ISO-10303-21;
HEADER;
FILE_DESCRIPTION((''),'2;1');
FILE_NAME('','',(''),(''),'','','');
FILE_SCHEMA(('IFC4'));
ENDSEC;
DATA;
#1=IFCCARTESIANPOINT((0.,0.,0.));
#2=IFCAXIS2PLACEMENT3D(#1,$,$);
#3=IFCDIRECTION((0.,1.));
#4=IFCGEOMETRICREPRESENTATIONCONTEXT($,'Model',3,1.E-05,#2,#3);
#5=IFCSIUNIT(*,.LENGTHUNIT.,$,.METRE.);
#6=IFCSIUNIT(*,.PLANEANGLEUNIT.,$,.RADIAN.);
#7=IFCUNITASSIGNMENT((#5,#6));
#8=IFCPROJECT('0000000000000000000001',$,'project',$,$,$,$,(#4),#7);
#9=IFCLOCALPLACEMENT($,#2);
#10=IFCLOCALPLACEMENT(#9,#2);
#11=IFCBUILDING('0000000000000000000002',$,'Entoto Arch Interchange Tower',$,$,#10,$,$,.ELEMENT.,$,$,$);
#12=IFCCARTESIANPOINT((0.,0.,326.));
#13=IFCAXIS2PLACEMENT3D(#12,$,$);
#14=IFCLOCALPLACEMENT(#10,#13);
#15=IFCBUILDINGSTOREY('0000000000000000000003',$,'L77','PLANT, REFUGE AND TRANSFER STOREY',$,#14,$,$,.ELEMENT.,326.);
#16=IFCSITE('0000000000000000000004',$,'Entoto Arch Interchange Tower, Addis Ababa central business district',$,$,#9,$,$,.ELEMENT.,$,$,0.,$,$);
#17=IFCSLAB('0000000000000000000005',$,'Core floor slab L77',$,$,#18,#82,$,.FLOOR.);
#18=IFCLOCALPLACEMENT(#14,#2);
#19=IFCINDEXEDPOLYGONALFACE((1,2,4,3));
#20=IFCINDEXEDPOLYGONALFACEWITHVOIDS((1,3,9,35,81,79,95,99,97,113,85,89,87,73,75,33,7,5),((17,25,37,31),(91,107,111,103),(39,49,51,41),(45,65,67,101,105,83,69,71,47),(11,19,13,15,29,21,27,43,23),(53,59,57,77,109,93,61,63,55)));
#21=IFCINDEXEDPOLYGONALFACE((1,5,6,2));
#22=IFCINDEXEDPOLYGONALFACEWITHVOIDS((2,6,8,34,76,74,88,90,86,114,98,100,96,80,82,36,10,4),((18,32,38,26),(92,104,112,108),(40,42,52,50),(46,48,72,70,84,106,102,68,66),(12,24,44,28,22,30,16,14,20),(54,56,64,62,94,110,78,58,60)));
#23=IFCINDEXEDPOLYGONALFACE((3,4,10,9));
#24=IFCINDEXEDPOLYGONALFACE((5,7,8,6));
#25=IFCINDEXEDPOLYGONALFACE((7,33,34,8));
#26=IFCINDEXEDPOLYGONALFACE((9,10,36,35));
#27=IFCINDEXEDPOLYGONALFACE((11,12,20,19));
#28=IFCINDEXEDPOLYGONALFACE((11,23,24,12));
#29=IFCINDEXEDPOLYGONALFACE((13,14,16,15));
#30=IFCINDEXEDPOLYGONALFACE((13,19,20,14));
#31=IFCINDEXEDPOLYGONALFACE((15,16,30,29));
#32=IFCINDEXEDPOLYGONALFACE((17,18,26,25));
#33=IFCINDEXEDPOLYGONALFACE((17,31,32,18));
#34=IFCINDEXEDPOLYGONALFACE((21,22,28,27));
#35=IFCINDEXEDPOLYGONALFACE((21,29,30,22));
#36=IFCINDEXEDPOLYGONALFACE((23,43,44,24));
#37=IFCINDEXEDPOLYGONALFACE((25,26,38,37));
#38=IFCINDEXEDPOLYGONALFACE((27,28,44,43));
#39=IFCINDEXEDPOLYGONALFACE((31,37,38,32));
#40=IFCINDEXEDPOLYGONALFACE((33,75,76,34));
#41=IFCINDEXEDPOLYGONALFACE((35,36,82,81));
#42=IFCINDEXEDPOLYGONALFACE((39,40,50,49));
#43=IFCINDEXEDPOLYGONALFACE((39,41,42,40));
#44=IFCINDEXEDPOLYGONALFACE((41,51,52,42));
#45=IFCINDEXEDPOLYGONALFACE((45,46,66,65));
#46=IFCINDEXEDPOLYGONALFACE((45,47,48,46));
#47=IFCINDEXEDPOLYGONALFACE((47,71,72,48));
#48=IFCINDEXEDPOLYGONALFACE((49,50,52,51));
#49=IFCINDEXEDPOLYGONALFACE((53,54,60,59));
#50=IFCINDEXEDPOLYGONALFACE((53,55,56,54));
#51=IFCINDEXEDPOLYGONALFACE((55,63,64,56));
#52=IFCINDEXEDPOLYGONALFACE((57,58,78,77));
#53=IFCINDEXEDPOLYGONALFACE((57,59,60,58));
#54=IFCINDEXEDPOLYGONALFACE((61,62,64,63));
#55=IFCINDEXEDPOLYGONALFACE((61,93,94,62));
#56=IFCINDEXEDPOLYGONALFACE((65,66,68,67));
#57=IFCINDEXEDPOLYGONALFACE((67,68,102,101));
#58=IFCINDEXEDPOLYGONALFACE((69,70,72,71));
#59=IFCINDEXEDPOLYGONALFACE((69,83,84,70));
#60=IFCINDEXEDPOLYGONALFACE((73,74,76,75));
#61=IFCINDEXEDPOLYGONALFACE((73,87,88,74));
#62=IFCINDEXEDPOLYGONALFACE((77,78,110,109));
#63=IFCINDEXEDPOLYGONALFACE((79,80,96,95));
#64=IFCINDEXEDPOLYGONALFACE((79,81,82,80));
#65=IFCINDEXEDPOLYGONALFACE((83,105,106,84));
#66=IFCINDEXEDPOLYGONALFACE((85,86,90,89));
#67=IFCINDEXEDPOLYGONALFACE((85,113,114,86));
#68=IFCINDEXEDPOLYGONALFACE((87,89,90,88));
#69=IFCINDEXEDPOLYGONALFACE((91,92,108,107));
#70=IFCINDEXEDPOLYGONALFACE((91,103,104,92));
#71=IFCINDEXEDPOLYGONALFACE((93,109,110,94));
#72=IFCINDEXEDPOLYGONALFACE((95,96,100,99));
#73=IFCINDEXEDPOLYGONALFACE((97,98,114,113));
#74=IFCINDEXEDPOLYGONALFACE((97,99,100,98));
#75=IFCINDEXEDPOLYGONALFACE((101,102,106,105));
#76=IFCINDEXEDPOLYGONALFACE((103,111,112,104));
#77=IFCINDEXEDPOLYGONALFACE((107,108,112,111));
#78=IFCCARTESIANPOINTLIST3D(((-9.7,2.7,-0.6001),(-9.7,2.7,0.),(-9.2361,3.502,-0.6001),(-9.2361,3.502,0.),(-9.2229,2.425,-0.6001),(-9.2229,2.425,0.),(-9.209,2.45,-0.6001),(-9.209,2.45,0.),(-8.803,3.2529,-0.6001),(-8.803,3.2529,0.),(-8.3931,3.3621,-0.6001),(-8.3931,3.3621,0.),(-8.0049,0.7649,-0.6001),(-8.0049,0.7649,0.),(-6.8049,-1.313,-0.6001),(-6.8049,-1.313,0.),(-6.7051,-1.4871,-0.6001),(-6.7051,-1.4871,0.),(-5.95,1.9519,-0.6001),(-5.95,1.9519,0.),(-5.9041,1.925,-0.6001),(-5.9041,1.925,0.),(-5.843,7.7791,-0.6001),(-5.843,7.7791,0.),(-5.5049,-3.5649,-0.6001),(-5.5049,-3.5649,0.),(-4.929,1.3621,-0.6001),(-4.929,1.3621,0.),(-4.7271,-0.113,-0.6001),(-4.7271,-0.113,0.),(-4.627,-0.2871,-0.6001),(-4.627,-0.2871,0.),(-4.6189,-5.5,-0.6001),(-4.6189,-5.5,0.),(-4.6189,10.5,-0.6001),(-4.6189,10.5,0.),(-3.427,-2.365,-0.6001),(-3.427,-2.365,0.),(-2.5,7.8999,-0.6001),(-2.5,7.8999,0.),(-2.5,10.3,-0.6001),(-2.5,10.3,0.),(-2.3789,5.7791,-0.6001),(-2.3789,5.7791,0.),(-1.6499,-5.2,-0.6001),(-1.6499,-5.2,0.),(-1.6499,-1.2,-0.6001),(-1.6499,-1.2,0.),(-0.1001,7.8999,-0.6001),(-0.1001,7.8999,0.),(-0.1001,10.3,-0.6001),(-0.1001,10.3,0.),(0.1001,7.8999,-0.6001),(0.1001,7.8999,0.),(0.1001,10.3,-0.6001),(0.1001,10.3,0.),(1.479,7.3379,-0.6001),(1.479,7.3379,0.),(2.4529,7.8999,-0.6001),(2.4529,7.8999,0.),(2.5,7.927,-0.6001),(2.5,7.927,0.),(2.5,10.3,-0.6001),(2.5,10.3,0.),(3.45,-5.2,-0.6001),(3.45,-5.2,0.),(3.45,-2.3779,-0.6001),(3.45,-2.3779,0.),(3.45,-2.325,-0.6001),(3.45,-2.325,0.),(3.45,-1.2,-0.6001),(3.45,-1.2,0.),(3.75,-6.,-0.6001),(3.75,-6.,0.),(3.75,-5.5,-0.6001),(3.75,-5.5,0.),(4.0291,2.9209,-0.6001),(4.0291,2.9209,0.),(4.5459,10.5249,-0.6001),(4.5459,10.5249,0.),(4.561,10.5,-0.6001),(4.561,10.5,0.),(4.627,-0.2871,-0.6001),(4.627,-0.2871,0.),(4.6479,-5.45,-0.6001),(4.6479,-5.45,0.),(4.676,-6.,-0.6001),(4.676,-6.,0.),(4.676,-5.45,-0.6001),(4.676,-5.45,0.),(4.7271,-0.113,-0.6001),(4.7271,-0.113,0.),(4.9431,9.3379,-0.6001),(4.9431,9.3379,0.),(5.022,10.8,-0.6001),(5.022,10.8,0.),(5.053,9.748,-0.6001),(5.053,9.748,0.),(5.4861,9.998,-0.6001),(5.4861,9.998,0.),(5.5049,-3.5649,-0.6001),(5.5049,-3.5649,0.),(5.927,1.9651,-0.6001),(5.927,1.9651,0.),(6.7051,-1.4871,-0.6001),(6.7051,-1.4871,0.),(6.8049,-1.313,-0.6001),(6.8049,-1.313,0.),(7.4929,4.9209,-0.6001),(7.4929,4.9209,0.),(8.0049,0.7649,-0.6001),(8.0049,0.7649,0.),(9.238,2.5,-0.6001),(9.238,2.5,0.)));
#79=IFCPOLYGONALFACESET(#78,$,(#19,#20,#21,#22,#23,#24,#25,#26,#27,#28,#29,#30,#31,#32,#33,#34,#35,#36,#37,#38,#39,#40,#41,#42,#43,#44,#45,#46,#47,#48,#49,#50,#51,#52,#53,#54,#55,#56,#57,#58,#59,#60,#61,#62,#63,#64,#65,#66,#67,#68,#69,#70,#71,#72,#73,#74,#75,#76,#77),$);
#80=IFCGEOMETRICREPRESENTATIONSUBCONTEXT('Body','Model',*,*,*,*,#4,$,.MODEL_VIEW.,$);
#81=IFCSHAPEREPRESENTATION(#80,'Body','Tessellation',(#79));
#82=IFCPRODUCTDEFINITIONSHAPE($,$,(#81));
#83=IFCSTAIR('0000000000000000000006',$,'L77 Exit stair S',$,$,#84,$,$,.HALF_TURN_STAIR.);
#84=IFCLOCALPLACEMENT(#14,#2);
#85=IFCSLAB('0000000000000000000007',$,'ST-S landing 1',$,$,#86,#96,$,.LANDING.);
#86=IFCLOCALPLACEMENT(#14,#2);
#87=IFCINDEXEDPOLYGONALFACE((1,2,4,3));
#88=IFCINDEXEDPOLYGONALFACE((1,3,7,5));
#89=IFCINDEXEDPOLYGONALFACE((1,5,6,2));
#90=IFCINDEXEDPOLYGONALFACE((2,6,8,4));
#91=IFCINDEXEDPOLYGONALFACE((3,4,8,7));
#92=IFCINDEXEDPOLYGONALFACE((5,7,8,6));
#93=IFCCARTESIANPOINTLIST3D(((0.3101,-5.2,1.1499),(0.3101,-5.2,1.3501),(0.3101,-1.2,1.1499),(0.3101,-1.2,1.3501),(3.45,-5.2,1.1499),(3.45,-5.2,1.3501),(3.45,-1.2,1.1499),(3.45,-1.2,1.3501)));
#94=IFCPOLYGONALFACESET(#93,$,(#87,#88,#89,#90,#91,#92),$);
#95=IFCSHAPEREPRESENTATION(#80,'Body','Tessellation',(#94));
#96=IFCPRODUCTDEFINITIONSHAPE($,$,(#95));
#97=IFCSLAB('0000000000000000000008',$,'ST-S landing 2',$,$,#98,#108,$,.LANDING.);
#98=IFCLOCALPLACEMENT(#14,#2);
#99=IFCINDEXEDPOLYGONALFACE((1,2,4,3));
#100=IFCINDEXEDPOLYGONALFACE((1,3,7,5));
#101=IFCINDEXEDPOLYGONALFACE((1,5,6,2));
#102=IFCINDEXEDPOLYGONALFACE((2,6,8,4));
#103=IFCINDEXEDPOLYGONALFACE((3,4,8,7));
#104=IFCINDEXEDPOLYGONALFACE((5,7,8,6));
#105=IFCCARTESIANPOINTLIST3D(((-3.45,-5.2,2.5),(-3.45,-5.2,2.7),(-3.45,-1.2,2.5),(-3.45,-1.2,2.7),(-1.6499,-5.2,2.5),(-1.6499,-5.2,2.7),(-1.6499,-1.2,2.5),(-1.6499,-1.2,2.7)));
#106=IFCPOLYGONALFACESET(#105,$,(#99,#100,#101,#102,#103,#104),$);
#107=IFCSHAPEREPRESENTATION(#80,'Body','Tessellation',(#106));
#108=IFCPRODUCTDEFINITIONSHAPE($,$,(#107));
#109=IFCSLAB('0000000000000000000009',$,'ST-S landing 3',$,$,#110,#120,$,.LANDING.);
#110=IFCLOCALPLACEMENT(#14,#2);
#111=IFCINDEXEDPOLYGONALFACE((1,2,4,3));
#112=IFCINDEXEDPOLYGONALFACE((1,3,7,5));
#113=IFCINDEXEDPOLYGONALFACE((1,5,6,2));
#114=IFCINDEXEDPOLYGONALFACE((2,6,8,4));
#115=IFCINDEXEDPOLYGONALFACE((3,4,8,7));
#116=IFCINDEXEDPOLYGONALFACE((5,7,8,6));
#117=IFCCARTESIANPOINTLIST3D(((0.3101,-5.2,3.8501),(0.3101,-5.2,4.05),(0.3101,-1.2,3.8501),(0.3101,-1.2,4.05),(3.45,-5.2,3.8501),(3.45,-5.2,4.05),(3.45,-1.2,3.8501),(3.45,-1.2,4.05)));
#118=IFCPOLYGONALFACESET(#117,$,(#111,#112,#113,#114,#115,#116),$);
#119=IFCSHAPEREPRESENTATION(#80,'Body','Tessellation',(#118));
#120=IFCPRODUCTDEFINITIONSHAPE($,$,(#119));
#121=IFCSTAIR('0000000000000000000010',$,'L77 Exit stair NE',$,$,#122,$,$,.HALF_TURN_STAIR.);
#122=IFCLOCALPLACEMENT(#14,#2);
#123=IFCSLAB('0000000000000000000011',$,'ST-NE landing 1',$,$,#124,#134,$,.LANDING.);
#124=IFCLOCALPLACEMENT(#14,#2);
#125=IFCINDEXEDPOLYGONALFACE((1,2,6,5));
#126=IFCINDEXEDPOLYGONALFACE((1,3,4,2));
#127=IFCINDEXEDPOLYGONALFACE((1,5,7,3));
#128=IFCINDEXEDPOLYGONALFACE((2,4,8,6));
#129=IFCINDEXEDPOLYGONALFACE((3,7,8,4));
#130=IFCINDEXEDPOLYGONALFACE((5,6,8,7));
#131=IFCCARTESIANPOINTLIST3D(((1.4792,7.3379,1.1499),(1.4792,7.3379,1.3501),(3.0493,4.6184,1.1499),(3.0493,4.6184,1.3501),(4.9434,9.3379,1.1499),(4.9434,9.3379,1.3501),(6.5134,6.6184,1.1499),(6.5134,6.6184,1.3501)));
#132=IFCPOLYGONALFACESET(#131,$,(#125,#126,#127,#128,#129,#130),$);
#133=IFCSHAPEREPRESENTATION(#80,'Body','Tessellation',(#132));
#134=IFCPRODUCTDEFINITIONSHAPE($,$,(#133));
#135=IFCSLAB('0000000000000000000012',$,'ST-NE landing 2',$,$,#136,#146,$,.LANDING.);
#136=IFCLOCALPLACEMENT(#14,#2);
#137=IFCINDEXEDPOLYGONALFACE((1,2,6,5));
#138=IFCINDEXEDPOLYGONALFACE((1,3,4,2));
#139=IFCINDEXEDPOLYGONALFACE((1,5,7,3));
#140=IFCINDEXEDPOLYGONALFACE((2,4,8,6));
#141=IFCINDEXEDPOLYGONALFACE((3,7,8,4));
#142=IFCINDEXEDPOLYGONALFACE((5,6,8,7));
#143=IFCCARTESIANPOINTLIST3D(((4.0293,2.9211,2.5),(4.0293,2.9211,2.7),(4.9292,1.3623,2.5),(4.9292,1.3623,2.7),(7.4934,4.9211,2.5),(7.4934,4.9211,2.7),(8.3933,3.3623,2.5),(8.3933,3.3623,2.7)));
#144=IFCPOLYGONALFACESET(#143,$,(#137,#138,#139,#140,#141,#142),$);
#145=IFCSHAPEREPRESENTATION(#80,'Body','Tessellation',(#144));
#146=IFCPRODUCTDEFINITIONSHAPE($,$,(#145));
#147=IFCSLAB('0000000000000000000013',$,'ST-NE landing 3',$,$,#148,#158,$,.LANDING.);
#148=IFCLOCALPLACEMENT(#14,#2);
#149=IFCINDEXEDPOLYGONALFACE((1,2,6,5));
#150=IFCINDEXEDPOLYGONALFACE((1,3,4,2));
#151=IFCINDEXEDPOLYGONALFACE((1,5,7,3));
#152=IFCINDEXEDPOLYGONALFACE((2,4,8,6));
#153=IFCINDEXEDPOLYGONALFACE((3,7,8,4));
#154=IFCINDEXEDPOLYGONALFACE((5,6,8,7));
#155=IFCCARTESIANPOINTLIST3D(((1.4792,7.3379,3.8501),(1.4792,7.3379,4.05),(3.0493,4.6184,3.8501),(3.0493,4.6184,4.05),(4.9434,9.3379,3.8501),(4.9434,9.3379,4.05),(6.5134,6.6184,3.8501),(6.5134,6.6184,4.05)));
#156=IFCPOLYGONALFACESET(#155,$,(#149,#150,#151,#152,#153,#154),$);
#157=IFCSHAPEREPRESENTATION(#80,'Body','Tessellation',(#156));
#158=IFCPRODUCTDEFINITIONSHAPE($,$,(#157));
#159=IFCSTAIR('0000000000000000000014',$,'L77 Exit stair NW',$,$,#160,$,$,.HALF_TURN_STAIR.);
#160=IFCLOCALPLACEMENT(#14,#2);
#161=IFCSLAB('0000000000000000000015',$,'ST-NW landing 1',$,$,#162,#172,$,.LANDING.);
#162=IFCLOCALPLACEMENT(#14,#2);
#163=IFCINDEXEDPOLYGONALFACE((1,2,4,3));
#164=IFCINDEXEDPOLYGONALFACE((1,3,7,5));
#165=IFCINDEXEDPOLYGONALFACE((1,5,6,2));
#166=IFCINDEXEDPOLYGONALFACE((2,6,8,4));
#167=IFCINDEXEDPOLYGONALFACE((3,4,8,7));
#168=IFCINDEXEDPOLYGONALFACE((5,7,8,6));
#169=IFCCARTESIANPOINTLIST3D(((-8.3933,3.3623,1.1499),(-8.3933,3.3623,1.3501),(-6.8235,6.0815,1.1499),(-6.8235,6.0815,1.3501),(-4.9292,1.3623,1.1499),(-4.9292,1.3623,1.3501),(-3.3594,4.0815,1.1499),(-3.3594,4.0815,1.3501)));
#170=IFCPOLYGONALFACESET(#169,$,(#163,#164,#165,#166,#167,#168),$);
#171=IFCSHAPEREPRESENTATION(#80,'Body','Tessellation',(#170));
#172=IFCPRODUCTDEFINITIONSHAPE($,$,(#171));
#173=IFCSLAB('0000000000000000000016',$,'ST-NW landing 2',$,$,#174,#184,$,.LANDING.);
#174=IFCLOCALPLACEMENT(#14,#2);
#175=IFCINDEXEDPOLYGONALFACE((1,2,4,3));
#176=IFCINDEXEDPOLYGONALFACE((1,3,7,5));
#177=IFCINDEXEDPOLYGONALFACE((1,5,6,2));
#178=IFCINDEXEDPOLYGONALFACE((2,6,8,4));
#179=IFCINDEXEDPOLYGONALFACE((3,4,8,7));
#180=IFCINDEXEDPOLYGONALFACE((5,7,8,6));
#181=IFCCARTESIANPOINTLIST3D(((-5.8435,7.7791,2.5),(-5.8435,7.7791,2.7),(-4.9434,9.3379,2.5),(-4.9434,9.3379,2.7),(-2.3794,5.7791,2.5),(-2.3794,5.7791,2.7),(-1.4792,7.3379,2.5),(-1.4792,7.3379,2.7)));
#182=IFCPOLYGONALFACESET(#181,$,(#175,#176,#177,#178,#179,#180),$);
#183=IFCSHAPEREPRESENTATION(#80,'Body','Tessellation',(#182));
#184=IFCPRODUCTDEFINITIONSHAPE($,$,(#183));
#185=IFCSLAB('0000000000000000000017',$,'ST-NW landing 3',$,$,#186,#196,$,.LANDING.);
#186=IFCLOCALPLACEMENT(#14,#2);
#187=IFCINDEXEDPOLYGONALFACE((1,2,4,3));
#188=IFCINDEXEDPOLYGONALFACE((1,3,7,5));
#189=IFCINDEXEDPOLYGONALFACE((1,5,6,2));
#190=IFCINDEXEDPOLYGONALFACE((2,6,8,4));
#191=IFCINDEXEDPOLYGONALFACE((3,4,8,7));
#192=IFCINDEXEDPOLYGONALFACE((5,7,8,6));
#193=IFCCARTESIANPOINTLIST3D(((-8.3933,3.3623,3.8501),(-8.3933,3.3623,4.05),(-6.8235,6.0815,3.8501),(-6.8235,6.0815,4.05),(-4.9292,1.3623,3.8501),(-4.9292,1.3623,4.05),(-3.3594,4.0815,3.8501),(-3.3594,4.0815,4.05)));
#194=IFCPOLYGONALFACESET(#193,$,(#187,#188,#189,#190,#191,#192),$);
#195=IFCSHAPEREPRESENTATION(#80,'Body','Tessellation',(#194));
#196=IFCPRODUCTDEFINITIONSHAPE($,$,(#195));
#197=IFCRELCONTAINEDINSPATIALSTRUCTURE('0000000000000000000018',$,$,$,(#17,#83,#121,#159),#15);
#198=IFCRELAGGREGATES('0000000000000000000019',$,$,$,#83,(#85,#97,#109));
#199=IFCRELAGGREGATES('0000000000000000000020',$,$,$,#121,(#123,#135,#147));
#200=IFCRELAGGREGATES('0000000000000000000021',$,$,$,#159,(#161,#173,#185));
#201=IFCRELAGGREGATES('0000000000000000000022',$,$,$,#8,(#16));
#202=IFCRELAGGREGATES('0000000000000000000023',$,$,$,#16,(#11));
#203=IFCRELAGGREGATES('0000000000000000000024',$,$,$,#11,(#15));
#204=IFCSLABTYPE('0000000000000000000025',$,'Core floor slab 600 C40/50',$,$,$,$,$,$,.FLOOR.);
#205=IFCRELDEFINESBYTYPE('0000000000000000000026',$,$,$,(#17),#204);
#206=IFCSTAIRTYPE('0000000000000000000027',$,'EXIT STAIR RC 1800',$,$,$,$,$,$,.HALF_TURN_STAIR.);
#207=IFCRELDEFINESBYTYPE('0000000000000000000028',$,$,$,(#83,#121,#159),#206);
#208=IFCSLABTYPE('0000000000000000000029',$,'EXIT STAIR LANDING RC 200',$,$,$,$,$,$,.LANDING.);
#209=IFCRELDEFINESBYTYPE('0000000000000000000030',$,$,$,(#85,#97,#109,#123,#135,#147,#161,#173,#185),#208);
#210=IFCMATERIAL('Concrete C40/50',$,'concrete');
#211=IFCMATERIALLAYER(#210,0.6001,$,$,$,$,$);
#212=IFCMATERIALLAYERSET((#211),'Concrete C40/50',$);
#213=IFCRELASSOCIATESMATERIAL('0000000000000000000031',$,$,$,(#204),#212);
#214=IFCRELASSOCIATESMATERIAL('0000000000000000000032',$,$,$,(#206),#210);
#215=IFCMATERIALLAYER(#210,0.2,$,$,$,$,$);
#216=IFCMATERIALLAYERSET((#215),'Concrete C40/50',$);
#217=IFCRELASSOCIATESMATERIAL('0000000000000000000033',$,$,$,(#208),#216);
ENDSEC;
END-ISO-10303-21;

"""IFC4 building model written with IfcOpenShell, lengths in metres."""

from ifc_helpers import new_model, si_unit, direction, frame, origin, place, context, subcontext, project, spatial, polyline, outline, extrude, material, layer, layer_set, type_object, element, aggregate, save


model = new_model("IFC4")

# Units and contexts
model_context = context("Model", 3, precision=1e-05, world=origin(), true_north=direction((0.0, 1.0)))
body_context = subcontext(model_context, "Body", "Model", "MODEL_VIEW")
ifc_project = project(units=[si_unit("LENGTHUNIT", "METRE"), si_unit("PLANEANGLEUNIT", "RADIAN")], contexts=[model_context])

# Site, building, storey
site_placement = place(None, origin())
site = spatial("IfcSite", under=ifc_project, at=site_placement, Name="Entoto Arch Interchange Tower, Addis Ababa central business district", CompositionType="ELEMENT", RefElevation=0.0)
building_placement = place(site_placement, origin())
building = spatial("IfcBuilding", under=site, at=building_placement, Name="Entoto Arch Interchange Tower", CompositionType="ELEMENT")
storey_placement = place(building_placement, frame((0.0, 0.0, 326.0)))
storey = spatial("IfcBuildingStorey", under=building, at=storey_placement, Name="L77", Description="PLANT, REFUGE AND TRANSFER STOREY", CompositionType="ELEMENT", Elevation=326.0)

# Slab
ifc_material_1 = material(Name="Concrete C40/50", Category="concrete")
ifc_layer_1 = layer(ifc_material_1, 0.6001)
ifc_layer_set_1 = layer_set([ifc_layer_1], Name="Concrete C40/50")
slab_type_1 = type_object("IfcSlabType", Name="Core floor slab 600 C40/50", PredefinedType="FLOOR", material=ifc_layer_set_1)
slab_1_placement = place(storey_placement, frame((0.0, 0.0, -0.6001)))
element("IfcSlab", 1, at=slab_1_placement, inside=storey, type_object=slab_type_1, Name="Core floor slab L77", PredefinedType="FLOOR", context=body_context, shape_type="SweptSolid", body=[
    extrude(outline(polyline([(-9.209, 2.45), (-9.2229, 2.425), (-9.7, 2.7), (-9.2361, 3.502), (-8.803, 3.2529), (-4.6189, 10.5), (4.561, 10.5), (4.5459, 10.5249), (5.022, 10.8), (5.4861, 9.998), (5.053, 9.748), (9.238, 2.5), (4.6479, -5.45), (4.676, -5.45), (4.676, -6.0), (3.75, -6.0), (3.75, -5.5), (-4.6189, -5.5), (-9.209, 2.45)]), holes=[polyline([(-1.6499, -5.2), (3.45, -5.2), (3.45, -2.3779), (5.5049, -3.5649), (6.7051, -1.4871), (4.627, -0.2871), (3.45, -2.325), (3.45, -1.2), (-1.6499, -1.2), (-1.6499, -5.2)]), polyline([(-4.627, -0.2871), (-6.7051, -1.4871), (-5.5049, -3.5649), (-3.427, -2.365), (-4.627, -0.2871)]), polyline([(-5.9041, 1.925), (-4.929, 1.3621), (-2.3789, 5.7791), (-5.843, 7.7791), (-8.3931, 3.3621), (-5.95, 1.9519), (-8.0049, 0.7649), (-6.8049, -1.313), (-4.7271, -0.113), (-5.9041, 1.925)]), polyline([(4.7271, -0.113), (6.8049, -1.313), (8.0049, 0.7649), (5.927, 1.9651), (4.7271, -0.113)]), polyline([(2.5, 7.927), (2.5, 10.3), (0.1001, 10.3), (0.1001, 7.8999), (2.4529, 7.8999), (1.479, 7.3379), (4.0291, 2.9209), (7.4929, 4.9209), (4.9431, 9.3379), (2.5, 7.927)]), polyline([(-2.5, 7.8999), (-0.1001, 7.8999), (-0.1001, 10.3), (-2.5, 10.3), (-2.5, 7.8999)])]), origin(), (0.0, 0.0, 1.0), 0.6001),
])

# Stairs, slabs
stair_type = type_object("IfcStairType", Name="EXIT STAIR RC 1800", PredefinedType="HALF_TURN_STAIR", material=ifc_material_1)
stair_1_placement = place(storey_placement, origin())
stair_1 = element("IfcStair", 2, at=stair_1_placement, inside=storey, type_object=stair_type, Name="L77 Exit stair S", PredefinedType="HALF_TURN_STAIR")
ifc_layer_2 = layer(ifc_material_1, 0.2)
ifc_layer_set_2 = layer_set([ifc_layer_2], Name="Concrete C40/50")
slab_type_2 = type_object("IfcSlabType", Name="EXIT STAIR LANDING RC 200", PredefinedType="LANDING", material=ifc_layer_set_2)
slab_2_placement = place(storey_placement, frame((0.0, 0.0, 1.1499)))
slab_2 = element("IfcSlab", 3, at=slab_2_placement, type_object=slab_type_2, Name="ST-S landing 1", PredefinedType="LANDING", context=body_context, shape_type="SweptSolid", body=[
    extrude(outline(polyline([(0.3101, -5.2), (3.45, -5.2), (3.45, -1.2), (0.3101, -1.2), (0.3101, -5.2)])), origin(), (0.0, 0.0, 1.0), 0.2002),
])
slab_3_placement = place(storey_placement, frame((0.0, 0.0, 2.5)))
slab_3 = element("IfcSlab", 4, at=slab_3_placement, type_object=slab_type_2, Name="ST-S landing 2", PredefinedType="LANDING", context=body_context, shape_type="SweptSolid", body=[
    extrude(outline(polyline([(-3.45, -5.2), (-1.6499, -5.2), (-1.6499, -1.2), (-3.45, -1.2), (-3.45, -5.2)])), origin(), (0.0, 0.0, 1.0), 0.2),
])
slab_4_placement = place(storey_placement, frame((0.0, 0.0, 3.8501)))
slab_4 = element("IfcSlab", 5, at=slab_4_placement, type_object=slab_type_2, Name="ST-S landing 3", PredefinedType="LANDING", context=body_context, shape_type="SweptSolid", body=[
    extrude(outline(polyline([(0.3101, -5.2), (3.45, -5.2), (3.45, -1.2), (0.3101, -1.2), (0.3101, -5.2)])), origin(), (0.0, 0.0, 1.0), 0.2),
])
aggregate(stair_1, [slab_2, slab_3, slab_4])
stair_2_placement = place(storey_placement, origin())
stair_2 = element("IfcStair", 6, at=stair_2_placement, inside=storey, type_object=stair_type, Name="L77 Exit stair NE", PredefinedType="HALF_TURN_STAIR")
slab_5_placement = place(storey_placement, frame((0.0, 0.0, 1.1499)))
slab_5 = element("IfcSlab", 7, at=slab_5_placement, type_object=slab_type_2, Name="ST-NE landing 1", PredefinedType="LANDING", context=body_context, shape_type="SweptSolid", body=[
    extrude(outline(polyline([(6.5134, 6.6184), (4.9434, 9.3379), (1.4792, 7.3379), (3.0493, 4.6184), (6.5134, 6.6184)])), origin(), (0.0, 0.0, 1.0), 0.2002),
])
slab_6_placement = place(storey_placement, frame((0.0, 0.0, 2.5)))
slab_6 = element("IfcSlab", 8, at=slab_6_placement, type_object=slab_type_2, Name="ST-NE landing 2", PredefinedType="LANDING", context=body_context, shape_type="SweptSolid", body=[
    extrude(outline(polyline([(8.3933, 3.3623), (7.4934, 4.9211), (4.0293, 2.9211), (4.9292, 1.3623), (8.3933, 3.3623)])), origin(), (0.0, 0.0, 1.0), 0.2),
])
slab_7_placement = place(storey_placement, frame((0.0, 0.0, 3.8501)))
slab_7 = element("IfcSlab", 9, at=slab_7_placement, type_object=slab_type_2, Name="ST-NE landing 3", PredefinedType="LANDING", context=body_context, shape_type="SweptSolid", body=[
    extrude(outline(polyline([(6.5134, 6.6184), (4.9434, 9.3379), (1.4792, 7.3379), (3.0493, 4.6184), (6.5134, 6.6184)])), origin(), (0.0, 0.0, 1.0), 0.2),
])
aggregate(stair_2, [slab_5, slab_6, slab_7])
stair_3_placement = place(storey_placement, origin())
stair_3 = element("IfcStair", 10, at=stair_3_placement, inside=storey, type_object=stair_type, Name="L77 Exit stair NW", PredefinedType="HALF_TURN_STAIR")
slab_8_placement = place(storey_placement, frame((0.0, 0.0, 1.1499)))
slab_8 = element("IfcSlab", 11, at=slab_8_placement, type_object=slab_type_2, Name="ST-NW landing 1", PredefinedType="LANDING", context=body_context, shape_type="SweptSolid", body=[
    extrude(outline(polyline([(-6.8235, 6.0815), (-8.3933, 3.3623), (-4.9292, 1.3623), (-3.3594, 4.0815), (-6.8235, 6.0815)])), origin(), (0.0, 0.0, 1.0), 0.2002),
])
slab_9_placement = place(storey_placement, frame((0.0, 0.0, 2.5)))
slab_9 = element("IfcSlab", 12, at=slab_9_placement, type_object=slab_type_2, Name="ST-NW landing 2", PredefinedType="LANDING", context=body_context, shape_type="SweptSolid", body=[
    extrude(outline(polyline([(-4.9434, 9.3379), (-5.8435, 7.7791), (-2.3794, 5.7791), (-1.4792, 7.3379), (-4.9434, 9.3379)])), origin(), (0.0, 0.0, 1.0), 0.2),
])
slab_10_placement = place(storey_placement, frame((0.0, 0.0, 3.8501)))
slab_10 = element("IfcSlab", 13, at=slab_10_placement, type_object=slab_type_2, Name="ST-NW landing 3", PredefinedType="LANDING", context=body_context, shape_type="SweptSolid", body=[
    extrude(outline(polyline([(-6.8235, 6.0815), (-8.3933, 3.3623), (-4.9292, 1.3623), (-3.3594, 4.0815), (-6.8235, 6.0815)])), origin(), (0.0, 0.0, 1.0), 0.2),
])
aggregate(stair_3, [slab_8, slab_9, slab_10])

save(model, "model.ifc")
